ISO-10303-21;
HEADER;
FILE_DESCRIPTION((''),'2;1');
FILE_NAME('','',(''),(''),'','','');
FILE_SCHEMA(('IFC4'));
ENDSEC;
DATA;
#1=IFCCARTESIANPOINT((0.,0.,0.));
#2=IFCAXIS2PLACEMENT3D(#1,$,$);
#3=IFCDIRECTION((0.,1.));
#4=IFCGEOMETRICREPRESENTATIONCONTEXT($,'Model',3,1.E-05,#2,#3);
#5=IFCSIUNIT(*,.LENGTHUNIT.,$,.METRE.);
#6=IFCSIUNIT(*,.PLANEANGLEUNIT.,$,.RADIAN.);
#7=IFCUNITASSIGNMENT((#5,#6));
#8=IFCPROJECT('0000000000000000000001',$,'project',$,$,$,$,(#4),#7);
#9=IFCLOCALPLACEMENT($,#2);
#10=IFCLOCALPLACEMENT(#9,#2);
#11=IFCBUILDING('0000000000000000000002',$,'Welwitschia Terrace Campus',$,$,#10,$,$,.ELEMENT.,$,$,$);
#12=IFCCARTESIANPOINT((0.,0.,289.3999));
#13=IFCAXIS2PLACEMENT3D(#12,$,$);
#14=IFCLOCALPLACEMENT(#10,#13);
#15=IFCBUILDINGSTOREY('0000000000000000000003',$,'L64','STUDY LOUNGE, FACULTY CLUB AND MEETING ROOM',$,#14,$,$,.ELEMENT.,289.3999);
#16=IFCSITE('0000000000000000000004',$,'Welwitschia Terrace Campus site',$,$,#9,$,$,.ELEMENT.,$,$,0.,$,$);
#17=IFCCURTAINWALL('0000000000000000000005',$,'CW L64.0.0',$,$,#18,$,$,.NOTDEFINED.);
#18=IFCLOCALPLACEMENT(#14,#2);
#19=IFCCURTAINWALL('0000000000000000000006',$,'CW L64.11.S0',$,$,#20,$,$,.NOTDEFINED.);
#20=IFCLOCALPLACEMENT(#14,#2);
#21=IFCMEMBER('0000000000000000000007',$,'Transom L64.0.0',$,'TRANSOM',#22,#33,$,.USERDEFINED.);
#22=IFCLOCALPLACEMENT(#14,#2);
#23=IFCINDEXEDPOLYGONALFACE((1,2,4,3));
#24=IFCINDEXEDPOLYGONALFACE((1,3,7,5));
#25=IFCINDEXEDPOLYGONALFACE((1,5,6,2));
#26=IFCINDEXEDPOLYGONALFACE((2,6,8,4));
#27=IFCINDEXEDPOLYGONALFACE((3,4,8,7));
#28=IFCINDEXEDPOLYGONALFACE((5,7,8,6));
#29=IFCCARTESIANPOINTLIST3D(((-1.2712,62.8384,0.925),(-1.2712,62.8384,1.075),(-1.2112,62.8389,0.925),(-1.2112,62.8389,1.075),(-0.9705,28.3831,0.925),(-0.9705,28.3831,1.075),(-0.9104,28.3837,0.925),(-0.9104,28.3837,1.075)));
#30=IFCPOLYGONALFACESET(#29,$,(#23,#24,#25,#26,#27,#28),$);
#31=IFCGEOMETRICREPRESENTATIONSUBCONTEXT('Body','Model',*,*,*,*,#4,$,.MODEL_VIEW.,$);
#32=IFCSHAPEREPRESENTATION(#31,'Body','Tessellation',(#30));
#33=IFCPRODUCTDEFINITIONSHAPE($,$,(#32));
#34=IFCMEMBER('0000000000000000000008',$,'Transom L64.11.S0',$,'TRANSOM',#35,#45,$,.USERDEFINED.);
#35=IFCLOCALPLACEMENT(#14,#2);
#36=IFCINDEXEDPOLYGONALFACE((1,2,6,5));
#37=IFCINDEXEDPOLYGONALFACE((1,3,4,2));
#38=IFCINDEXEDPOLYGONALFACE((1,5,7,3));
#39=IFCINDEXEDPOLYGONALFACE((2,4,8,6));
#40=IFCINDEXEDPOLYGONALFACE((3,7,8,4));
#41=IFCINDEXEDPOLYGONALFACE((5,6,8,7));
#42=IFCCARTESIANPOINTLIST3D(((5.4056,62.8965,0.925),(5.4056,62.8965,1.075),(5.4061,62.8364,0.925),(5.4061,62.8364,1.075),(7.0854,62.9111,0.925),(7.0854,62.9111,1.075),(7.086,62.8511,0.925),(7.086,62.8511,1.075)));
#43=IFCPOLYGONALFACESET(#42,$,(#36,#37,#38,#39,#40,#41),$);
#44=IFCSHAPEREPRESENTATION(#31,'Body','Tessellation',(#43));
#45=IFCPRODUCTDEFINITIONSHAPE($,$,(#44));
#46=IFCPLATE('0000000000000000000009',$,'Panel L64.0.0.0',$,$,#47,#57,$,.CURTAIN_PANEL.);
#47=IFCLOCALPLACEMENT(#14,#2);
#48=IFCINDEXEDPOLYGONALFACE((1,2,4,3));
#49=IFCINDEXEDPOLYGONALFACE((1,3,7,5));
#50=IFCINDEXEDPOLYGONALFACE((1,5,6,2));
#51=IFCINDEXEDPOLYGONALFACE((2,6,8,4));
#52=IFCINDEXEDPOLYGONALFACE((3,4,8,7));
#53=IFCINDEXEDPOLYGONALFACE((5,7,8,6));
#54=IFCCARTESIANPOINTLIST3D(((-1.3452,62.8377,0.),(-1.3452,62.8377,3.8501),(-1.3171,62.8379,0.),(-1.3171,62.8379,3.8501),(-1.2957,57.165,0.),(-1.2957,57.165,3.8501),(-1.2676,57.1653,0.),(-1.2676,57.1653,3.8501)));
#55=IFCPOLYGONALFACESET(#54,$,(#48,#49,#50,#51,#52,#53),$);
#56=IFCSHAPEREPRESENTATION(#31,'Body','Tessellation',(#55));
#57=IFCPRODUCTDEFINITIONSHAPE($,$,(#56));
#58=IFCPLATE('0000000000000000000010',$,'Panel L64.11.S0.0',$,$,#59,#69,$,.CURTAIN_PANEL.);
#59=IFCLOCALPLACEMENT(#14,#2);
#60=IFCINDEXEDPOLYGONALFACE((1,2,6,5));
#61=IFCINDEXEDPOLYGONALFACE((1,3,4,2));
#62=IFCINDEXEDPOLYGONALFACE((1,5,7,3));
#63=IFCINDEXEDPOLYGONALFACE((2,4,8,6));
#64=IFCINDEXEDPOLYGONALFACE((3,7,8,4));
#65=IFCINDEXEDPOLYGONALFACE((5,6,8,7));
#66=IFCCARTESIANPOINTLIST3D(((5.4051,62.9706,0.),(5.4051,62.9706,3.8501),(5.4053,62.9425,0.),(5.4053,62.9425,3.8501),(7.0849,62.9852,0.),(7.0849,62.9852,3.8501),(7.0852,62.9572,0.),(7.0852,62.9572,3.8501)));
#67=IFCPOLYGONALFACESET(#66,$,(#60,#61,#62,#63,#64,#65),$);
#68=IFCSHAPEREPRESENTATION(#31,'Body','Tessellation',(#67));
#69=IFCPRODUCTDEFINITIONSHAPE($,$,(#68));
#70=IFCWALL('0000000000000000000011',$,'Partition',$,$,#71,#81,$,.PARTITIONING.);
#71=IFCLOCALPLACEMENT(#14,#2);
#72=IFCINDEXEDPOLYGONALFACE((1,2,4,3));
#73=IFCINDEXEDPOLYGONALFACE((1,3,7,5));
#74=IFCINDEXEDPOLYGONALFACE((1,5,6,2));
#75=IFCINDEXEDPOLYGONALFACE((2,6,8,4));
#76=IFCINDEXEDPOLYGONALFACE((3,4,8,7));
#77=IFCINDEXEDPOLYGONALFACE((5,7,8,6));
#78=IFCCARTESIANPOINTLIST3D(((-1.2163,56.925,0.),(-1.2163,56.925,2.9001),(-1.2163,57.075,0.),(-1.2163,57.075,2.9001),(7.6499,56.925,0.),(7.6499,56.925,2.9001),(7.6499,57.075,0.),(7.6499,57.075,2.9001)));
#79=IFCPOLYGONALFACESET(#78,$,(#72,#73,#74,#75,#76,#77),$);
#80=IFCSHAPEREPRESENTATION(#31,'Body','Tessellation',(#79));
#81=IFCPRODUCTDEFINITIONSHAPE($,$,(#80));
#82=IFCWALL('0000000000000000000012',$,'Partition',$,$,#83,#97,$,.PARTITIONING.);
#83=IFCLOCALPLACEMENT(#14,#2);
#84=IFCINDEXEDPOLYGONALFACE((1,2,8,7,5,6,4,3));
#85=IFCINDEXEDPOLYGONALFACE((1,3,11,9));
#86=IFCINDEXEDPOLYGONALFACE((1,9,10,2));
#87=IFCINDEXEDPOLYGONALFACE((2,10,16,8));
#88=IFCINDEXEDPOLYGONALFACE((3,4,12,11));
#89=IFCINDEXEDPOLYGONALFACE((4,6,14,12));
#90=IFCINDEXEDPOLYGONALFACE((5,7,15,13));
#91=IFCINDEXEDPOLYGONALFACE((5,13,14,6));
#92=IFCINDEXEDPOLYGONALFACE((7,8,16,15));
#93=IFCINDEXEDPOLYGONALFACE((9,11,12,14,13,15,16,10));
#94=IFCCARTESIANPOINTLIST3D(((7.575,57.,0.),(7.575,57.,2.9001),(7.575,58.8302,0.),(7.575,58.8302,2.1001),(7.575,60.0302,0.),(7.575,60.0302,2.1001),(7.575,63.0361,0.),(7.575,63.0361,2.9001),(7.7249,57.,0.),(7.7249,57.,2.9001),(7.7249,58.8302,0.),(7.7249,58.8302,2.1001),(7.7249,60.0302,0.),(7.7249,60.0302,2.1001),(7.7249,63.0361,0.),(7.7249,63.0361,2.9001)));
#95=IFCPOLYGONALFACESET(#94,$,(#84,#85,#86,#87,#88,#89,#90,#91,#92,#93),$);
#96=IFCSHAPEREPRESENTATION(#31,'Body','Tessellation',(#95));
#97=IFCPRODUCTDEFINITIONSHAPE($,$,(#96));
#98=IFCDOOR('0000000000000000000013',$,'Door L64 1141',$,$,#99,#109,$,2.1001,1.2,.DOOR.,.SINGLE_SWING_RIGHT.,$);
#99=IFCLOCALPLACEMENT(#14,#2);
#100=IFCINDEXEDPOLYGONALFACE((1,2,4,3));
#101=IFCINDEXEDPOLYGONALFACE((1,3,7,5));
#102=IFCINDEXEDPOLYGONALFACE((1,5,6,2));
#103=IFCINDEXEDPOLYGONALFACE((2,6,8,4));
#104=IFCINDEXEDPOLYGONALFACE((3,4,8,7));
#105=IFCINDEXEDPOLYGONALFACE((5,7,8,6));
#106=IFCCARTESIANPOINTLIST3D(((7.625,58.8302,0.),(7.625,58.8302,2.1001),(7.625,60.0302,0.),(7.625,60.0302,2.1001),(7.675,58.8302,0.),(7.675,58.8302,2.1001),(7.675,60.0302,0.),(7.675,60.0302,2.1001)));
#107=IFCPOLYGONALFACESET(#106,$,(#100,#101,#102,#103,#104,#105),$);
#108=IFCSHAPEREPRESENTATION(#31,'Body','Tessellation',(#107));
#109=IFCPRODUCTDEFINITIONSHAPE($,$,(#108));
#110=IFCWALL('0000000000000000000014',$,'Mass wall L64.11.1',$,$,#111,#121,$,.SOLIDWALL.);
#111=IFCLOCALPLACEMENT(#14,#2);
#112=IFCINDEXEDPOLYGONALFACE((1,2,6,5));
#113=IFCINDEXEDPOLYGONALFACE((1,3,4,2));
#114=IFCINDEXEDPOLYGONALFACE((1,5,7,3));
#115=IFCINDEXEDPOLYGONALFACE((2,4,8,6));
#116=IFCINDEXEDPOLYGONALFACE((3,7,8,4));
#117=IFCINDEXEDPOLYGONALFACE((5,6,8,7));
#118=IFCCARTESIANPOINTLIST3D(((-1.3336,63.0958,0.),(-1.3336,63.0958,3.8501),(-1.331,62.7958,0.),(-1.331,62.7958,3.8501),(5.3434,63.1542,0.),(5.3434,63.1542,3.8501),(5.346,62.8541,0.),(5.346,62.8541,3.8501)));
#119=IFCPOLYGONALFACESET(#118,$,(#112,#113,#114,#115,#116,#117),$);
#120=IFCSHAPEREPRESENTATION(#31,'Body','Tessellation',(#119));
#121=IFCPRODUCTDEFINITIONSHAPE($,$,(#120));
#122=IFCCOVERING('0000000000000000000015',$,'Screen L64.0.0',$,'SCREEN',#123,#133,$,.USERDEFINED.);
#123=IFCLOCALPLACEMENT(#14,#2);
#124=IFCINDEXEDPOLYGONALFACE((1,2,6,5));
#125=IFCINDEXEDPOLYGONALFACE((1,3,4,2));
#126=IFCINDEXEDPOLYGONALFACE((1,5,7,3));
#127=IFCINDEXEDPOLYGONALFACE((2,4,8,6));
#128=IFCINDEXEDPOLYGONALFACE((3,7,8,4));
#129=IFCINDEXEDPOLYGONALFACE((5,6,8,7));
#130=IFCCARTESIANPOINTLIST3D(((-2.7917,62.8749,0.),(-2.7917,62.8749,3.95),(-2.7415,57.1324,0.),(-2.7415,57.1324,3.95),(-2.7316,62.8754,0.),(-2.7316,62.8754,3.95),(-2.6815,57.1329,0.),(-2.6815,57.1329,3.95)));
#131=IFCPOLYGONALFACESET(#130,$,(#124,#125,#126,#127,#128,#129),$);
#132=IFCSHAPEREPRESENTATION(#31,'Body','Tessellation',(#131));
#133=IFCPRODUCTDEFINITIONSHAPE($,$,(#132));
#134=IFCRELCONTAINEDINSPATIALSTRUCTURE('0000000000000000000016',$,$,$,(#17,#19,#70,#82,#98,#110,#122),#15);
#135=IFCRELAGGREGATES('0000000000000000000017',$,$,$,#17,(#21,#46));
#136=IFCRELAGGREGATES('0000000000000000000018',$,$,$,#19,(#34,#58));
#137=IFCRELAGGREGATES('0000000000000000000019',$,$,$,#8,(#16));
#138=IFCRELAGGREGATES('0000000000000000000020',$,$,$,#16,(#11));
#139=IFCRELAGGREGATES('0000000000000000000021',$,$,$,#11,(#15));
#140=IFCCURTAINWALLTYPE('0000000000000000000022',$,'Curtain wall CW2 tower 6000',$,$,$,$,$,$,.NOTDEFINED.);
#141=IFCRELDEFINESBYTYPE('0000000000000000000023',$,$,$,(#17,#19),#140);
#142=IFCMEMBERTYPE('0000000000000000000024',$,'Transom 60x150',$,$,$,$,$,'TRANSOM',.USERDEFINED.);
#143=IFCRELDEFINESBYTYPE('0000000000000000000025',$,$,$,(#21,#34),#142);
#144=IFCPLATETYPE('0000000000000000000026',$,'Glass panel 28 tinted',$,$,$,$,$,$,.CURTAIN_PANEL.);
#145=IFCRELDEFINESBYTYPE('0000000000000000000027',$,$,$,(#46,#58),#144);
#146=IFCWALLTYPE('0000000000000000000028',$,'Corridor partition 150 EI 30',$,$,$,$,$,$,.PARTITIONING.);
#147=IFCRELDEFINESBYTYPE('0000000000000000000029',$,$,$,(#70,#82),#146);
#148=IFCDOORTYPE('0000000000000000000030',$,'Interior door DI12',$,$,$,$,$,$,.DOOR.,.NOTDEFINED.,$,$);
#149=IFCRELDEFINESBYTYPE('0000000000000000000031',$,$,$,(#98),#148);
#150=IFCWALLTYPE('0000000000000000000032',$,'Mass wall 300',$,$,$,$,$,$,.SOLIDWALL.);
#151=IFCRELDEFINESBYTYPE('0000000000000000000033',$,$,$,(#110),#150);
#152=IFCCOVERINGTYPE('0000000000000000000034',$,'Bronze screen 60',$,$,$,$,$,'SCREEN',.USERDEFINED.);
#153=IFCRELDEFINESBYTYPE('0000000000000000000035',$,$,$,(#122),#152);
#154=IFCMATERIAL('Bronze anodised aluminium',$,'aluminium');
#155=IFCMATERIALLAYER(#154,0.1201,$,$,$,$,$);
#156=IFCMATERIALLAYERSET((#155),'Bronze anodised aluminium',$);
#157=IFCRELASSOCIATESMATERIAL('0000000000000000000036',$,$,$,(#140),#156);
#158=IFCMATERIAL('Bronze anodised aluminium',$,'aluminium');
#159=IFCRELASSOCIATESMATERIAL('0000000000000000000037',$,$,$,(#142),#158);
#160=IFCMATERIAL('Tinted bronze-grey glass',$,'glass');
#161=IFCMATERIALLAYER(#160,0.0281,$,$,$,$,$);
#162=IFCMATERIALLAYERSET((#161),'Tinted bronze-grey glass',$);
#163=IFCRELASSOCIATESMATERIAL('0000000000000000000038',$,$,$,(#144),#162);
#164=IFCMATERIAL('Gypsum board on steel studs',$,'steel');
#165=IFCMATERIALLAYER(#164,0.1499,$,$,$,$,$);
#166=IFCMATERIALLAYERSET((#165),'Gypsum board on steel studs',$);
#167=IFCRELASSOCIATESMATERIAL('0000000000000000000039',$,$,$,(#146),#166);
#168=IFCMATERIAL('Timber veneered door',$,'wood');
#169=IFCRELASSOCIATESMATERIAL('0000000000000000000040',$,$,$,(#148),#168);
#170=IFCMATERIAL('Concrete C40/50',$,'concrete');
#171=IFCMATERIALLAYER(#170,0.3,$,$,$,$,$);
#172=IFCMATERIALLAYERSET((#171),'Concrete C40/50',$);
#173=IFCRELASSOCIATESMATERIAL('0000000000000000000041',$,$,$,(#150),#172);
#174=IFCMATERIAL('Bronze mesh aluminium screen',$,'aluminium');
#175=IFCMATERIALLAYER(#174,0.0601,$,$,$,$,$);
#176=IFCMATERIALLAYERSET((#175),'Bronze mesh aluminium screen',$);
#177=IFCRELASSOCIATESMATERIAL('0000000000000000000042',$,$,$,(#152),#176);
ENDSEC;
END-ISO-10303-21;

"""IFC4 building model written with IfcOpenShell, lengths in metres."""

from ifc_helpers import new_model, si_unit, direction, frame, frame_2d, origin, origin_2d, place, context, subcontext, project, spatial, rectangle, extrude, material, layer, layer_set, material_profile, profile_set, type_object, element, fill, aggregate, save


model = new_model("IFC4")

# Units and contexts
model_context = context("Model", 3, precision=1e-05, world=origin(), true_north=direction((0.0, 1.0)))
body_context = subcontext(model_context, "Body", "Model", "MODEL_VIEW")
ifc_project = project(units=[si_unit("LENGTHUNIT", "METRE"), si_unit("PLANEANGLEUNIT", "RADIAN")], contexts=[model_context])

# Site, building, storey
site_placement = place(None, origin())
site = spatial("IfcSite", under=ifc_project, at=site_placement, Name="Welwitschia Terrace Campus site", CompositionType="ELEMENT", RefElevation=0.0)
building_placement = place(site_placement, origin())
building = spatial("IfcBuilding", under=site, at=building_placement, Name="Welwitschia Terrace Campus", CompositionType="ELEMENT")
storey_placement = place(building_placement, frame((0.0, 0.0, 289.3999)))
storey = spatial("IfcBuildingStorey", under=building, at=storey_placement, Name="L64", Description="STUDY LOUNGE, FACULTY CLUB AND MEETING ROOM", CompositionType="ELEMENT", Elevation=289.3999)

# Curtain walls
ifc_material_1 = material(Name="Bronze anodised aluminium", Category="aluminium")
ifc_layer_1 = layer(ifc_material_1, 0.1201)
ifc_layer_set_1 = layer_set([ifc_layer_1], Name="Bronze anodised aluminium")
curtain_wall_type = type_object("IfcCurtainWallType", Name="Curtain wall CW2 tower 6000", PredefinedType="NOTDEFINED", material=ifc_layer_set_1)
curtain_wall_1_placement = place(storey_placement, origin())
curtain_wall_1 = element("IfcCurtainWall", 1, at=curtain_wall_1_placement, inside=storey, type_object=curtain_wall_type, Name="CW L64.0.0", PredefinedType="NOTDEFINED")
curtain_wall_2_placement = place(storey_placement, origin())
curtain_wall_2 = element("IfcCurtainWall", 2, at=curtain_wall_2_placement, inside=storey, type_object=curtain_wall_type, Name="CW L64.11.S0", PredefinedType="NOTDEFINED")

# Members
ifc_material_2 = material(Name="Bronze anodised aluminium", Category="aluminium")
ifc_material_profile_1 = material_profile(ifc_material_2, rectangle(XDim=0.0601, YDim=0.1499, at=origin_2d()))
ifc_profile_set_1 = profile_set([ifc_material_profile_1], Name="Bronze anodised aluminium")
member_type_1 = type_object("IfcMemberType", Name="Transom 60x150", ElementType="TRANSOM", PredefinedType="USERDEFINED", material=ifc_profile_set_1)
member_1_placement = place(storey_placement, frame((-1.2412, 62.8386, 1.0), z_axis=(0.008729, -0.999962, 0.0), x_axis=(0.999962, 0.008729, 0.0)))
member_1 = element("IfcMember", 3, at=member_1_placement, type_object=member_type_1, Name="Transom L64.0.0", ObjectType="TRANSOM", PredefinedType="USERDEFINED", context=body_context, shape_type="SweptSolid", body=[
    extrude(rectangle(XDim=0.0601, YDim=0.1499, at=origin_2d()), origin(), (0.0, 0.0, 1.0), 34.4565),
])
member_2_placement = place(storey_placement, frame((7.0857, 62.8811, 1.0), z_axis=(-0.999962, -0.008719, 0.0), x_axis=(0.008719, -0.999962, 0.0)))
member_2 = element("IfcMember", 4, at=member_2_placement, type_object=member_type_1, Name="Transom L64.11.S0", ObjectType="TRANSOM", PredefinedType="USERDEFINED", context=body_context, shape_type="SweptSolid", body=[
    extrude(rectangle(XDim=0.0601, YDim=0.1499, at=origin_2d()), origin(), (0.0, 0.0, 1.0), 1.6799),
])

# Plates
ifc_material_3 = material(Name="Tinted bronze-grey glass", Category="glass")
ifc_layer_2 = layer(ifc_material_3, 0.0281)
ifc_layer_set_2 = layer_set([ifc_layer_2], Name="Tinted bronze-grey glass")
plate_type = type_object("IfcPlateType", Name="Glass panel 28 tinted", PredefinedType="CURTAIN_PANEL", material=ifc_layer_set_2)
plate_1_placement = place(storey_placement, frame((-1.3064, 60.0015, 0.0), z_axis=(0.0, 0.0, 1.0), x_axis=(0.008727, -0.999962, 0.0)))
plate_1 = element("IfcPlate", 5, at=plate_1_placement, type_object=plate_type, Name="Panel L64.0.0.0", PredefinedType="CURTAIN_PANEL", context=body_context, shape_type="SweptSolid", body=[
    extrude(rectangle(XDim=5.6729, YDim=0.0281, at=origin_2d()), origin(), (0.0, 0.0, 1.0), 3.8501),
])
aggregate(curtain_wall_1, [member_1, plate_1])
plate_2_placement = place(storey_placement, frame((6.2451, 62.9639, 0.0), z_axis=(0.0, 0.0, 1.0), x_axis=(-0.999962, -0.008727, 0.0)))
plate_2 = element("IfcPlate", 6, at=plate_2_placement, type_object=plate_type, Name="Panel L64.11.S0.0", PredefinedType="CURTAIN_PANEL", context=body_context, shape_type="SweptSolid", body=[
    extrude(rectangle(XDim=1.6799, YDim=0.0281, at=origin_2d()), origin(), (0.0, 0.0, 1.0), 3.8501),
])
aggregate(curtain_wall_2, [member_2, plate_2])

# Wall
ifc_material_4 = material(Name="Gypsum board on steel studs", Category="steel")
ifc_layer_3 = layer(ifc_material_4, 0.1499)
ifc_layer_set_3 = layer_set([ifc_layer_3], Name="Gypsum board on steel studs")
wall_type_1 = type_object("IfcWallType", Name="Corridor partition 150 EI 30", PredefinedType="PARTITIONING", material=ifc_layer_set_3)
wall_1_placement = place(storey_placement, frame((-1.2163, 57.0, 0.0), z_axis=(0.0, 0.0, 1.0), x_axis=(1.0, 0.0, 0.0)))
element("IfcWall", 7, at=wall_1_placement, inside=storey, type_object=wall_type_1, Name="Partition", PredefinedType="PARTITIONING", context=body_context, shape_type="SweptSolid", body=[
    extrude(rectangle(XDim=8.8662, YDim=0.1499, at=frame_2d((4.4331, 0.0))), origin(), (0.0, 0.0, 1.0), 2.9001),
])

# Wall, opening, door
wall_2_placement = place(storey_placement, frame((7.6499, 57.0, 0.0), z_axis=(0.0, 0.0, 1.0), x_axis=(0.0, 1.0, 0.0)))
wall_2 = element("IfcWall", 8, at=wall_2_placement, inside=storey, type_object=wall_type_1, Name="Partition", PredefinedType="PARTITIONING", context=body_context, shape_type="SweptSolid", body=[
    extrude(rectangle(XDim=6.0361, YDim=0.1499, at=frame_2d((3.0181, 0.0))), origin(), (0.0, 0.0, 1.0), 2.9001),
])
opening_placement = place(wall_2_placement, frame((1.8301, 0.0, 0.0)))
opening = element("IfcOpeningElement", 9, at=opening_placement, cuts=wall_2, PredefinedType="OPENING", context=body_context, shape_type="SweptSolid", body=[
    extrude(rectangle(XDim=1.2, YDim=2.1001, at=frame_2d((0.6001, 1.05))), frame((0.0, 0.085, 0.0), z_axis=(0.0, -1.0, 0.0), x_axis=(1.0, 0.0, 0.0)), (0.0, 0.0, 1.0), 0.1699),
])
ifc_material_5 = material(Name="Timber veneered door", Category="wood")
door_type = type_object("IfcDoorType", Name="Interior door DI12", OperationType="NOTDEFINED", PredefinedType="DOOR", material=ifc_material_5)
door_placement = place(opening_placement, origin())
door = element("IfcDoor", 10, at=door_placement, inside=storey, type_object=door_type, Name="Door L64 1141", OperationType="SINGLE_SWING_RIGHT", OverallHeight=2.1001, OverallWidth=1.2, PredefinedType="DOOR", context=body_context, shape_type="SweptSolid", body=[
    extrude(rectangle(XDim=1.2, YDim=2.1001, at=frame_2d((0.6001, 1.05))), frame((0.0, 0.0249, 0.0), z_axis=(0.0, -1.0, 0.0), x_axis=(1.0, 0.0, 0.0)), (0.0, 0.0, 1.0), 0.05),
])
fill(opening, door)

# Wall
ifc_material_6 = material(Name="Concrete C40/50", Category="concrete")
ifc_layer_4 = layer(ifc_material_6, 0.3)
ifc_layer_set_4 = layer_set([ifc_layer_4], Name="Concrete C40/50")
wall_type_2 = type_object("IfcWallType", Name="Mass wall 300", PredefinedType="SOLIDWALL", material=ifc_layer_set_4)
wall_3_placement = place(storey_placement, frame((5.3447, 63.0042, 0.0), z_axis=(0.0, 0.0, 1.0), x_axis=(-0.999962, -0.008739, 0.0)))
element("IfcWall", 11, at=wall_3_placement, inside=storey, type_object=wall_type_2, Name="Mass wall L64.11.1", PredefinedType="SOLIDWALL", context=body_context, shape_type="SweptSolid", body=[
    extrude(rectangle(XDim=6.6772, YDim=0.3, at=frame_2d((3.3386, 0.0))), origin(), (0.0, 0.0, 1.0), 3.8501),
])

# Covering
ifc_material_7 = material(Name="Bronze mesh aluminium screen", Category="aluminium")
ifc_layer_5 = layer(ifc_material_7, 0.0601)
ifc_layer_set_5 = layer_set([ifc_layer_5], Name="Bronze mesh aluminium screen")
covering_type = type_object("IfcCoveringType", Name="Bronze screen 60", ElementType="SCREEN", PredefinedType="USERDEFINED", material=ifc_layer_set_5)
covering_placement = place(storey_placement, frame((-2.7366, 60.0039, 0.0), z_axis=(0.0, 0.0, 1.0), x_axis=(0.008727, -0.999962, 0.0)))
element("IfcCovering", 12, at=covering_placement, inside=storey, type_object=covering_type, Name="Screen L64.0.0", ObjectType="SCREEN", PredefinedType="USERDEFINED", context=body_context, shape_type="SweptSolid", body=[
    extrude(rectangle(XDim=5.7427, YDim=0.0601, at=origin_2d()), origin(), (0.0, 0.0, 1.0), 3.95),
])

save(model, "model.ifc")
